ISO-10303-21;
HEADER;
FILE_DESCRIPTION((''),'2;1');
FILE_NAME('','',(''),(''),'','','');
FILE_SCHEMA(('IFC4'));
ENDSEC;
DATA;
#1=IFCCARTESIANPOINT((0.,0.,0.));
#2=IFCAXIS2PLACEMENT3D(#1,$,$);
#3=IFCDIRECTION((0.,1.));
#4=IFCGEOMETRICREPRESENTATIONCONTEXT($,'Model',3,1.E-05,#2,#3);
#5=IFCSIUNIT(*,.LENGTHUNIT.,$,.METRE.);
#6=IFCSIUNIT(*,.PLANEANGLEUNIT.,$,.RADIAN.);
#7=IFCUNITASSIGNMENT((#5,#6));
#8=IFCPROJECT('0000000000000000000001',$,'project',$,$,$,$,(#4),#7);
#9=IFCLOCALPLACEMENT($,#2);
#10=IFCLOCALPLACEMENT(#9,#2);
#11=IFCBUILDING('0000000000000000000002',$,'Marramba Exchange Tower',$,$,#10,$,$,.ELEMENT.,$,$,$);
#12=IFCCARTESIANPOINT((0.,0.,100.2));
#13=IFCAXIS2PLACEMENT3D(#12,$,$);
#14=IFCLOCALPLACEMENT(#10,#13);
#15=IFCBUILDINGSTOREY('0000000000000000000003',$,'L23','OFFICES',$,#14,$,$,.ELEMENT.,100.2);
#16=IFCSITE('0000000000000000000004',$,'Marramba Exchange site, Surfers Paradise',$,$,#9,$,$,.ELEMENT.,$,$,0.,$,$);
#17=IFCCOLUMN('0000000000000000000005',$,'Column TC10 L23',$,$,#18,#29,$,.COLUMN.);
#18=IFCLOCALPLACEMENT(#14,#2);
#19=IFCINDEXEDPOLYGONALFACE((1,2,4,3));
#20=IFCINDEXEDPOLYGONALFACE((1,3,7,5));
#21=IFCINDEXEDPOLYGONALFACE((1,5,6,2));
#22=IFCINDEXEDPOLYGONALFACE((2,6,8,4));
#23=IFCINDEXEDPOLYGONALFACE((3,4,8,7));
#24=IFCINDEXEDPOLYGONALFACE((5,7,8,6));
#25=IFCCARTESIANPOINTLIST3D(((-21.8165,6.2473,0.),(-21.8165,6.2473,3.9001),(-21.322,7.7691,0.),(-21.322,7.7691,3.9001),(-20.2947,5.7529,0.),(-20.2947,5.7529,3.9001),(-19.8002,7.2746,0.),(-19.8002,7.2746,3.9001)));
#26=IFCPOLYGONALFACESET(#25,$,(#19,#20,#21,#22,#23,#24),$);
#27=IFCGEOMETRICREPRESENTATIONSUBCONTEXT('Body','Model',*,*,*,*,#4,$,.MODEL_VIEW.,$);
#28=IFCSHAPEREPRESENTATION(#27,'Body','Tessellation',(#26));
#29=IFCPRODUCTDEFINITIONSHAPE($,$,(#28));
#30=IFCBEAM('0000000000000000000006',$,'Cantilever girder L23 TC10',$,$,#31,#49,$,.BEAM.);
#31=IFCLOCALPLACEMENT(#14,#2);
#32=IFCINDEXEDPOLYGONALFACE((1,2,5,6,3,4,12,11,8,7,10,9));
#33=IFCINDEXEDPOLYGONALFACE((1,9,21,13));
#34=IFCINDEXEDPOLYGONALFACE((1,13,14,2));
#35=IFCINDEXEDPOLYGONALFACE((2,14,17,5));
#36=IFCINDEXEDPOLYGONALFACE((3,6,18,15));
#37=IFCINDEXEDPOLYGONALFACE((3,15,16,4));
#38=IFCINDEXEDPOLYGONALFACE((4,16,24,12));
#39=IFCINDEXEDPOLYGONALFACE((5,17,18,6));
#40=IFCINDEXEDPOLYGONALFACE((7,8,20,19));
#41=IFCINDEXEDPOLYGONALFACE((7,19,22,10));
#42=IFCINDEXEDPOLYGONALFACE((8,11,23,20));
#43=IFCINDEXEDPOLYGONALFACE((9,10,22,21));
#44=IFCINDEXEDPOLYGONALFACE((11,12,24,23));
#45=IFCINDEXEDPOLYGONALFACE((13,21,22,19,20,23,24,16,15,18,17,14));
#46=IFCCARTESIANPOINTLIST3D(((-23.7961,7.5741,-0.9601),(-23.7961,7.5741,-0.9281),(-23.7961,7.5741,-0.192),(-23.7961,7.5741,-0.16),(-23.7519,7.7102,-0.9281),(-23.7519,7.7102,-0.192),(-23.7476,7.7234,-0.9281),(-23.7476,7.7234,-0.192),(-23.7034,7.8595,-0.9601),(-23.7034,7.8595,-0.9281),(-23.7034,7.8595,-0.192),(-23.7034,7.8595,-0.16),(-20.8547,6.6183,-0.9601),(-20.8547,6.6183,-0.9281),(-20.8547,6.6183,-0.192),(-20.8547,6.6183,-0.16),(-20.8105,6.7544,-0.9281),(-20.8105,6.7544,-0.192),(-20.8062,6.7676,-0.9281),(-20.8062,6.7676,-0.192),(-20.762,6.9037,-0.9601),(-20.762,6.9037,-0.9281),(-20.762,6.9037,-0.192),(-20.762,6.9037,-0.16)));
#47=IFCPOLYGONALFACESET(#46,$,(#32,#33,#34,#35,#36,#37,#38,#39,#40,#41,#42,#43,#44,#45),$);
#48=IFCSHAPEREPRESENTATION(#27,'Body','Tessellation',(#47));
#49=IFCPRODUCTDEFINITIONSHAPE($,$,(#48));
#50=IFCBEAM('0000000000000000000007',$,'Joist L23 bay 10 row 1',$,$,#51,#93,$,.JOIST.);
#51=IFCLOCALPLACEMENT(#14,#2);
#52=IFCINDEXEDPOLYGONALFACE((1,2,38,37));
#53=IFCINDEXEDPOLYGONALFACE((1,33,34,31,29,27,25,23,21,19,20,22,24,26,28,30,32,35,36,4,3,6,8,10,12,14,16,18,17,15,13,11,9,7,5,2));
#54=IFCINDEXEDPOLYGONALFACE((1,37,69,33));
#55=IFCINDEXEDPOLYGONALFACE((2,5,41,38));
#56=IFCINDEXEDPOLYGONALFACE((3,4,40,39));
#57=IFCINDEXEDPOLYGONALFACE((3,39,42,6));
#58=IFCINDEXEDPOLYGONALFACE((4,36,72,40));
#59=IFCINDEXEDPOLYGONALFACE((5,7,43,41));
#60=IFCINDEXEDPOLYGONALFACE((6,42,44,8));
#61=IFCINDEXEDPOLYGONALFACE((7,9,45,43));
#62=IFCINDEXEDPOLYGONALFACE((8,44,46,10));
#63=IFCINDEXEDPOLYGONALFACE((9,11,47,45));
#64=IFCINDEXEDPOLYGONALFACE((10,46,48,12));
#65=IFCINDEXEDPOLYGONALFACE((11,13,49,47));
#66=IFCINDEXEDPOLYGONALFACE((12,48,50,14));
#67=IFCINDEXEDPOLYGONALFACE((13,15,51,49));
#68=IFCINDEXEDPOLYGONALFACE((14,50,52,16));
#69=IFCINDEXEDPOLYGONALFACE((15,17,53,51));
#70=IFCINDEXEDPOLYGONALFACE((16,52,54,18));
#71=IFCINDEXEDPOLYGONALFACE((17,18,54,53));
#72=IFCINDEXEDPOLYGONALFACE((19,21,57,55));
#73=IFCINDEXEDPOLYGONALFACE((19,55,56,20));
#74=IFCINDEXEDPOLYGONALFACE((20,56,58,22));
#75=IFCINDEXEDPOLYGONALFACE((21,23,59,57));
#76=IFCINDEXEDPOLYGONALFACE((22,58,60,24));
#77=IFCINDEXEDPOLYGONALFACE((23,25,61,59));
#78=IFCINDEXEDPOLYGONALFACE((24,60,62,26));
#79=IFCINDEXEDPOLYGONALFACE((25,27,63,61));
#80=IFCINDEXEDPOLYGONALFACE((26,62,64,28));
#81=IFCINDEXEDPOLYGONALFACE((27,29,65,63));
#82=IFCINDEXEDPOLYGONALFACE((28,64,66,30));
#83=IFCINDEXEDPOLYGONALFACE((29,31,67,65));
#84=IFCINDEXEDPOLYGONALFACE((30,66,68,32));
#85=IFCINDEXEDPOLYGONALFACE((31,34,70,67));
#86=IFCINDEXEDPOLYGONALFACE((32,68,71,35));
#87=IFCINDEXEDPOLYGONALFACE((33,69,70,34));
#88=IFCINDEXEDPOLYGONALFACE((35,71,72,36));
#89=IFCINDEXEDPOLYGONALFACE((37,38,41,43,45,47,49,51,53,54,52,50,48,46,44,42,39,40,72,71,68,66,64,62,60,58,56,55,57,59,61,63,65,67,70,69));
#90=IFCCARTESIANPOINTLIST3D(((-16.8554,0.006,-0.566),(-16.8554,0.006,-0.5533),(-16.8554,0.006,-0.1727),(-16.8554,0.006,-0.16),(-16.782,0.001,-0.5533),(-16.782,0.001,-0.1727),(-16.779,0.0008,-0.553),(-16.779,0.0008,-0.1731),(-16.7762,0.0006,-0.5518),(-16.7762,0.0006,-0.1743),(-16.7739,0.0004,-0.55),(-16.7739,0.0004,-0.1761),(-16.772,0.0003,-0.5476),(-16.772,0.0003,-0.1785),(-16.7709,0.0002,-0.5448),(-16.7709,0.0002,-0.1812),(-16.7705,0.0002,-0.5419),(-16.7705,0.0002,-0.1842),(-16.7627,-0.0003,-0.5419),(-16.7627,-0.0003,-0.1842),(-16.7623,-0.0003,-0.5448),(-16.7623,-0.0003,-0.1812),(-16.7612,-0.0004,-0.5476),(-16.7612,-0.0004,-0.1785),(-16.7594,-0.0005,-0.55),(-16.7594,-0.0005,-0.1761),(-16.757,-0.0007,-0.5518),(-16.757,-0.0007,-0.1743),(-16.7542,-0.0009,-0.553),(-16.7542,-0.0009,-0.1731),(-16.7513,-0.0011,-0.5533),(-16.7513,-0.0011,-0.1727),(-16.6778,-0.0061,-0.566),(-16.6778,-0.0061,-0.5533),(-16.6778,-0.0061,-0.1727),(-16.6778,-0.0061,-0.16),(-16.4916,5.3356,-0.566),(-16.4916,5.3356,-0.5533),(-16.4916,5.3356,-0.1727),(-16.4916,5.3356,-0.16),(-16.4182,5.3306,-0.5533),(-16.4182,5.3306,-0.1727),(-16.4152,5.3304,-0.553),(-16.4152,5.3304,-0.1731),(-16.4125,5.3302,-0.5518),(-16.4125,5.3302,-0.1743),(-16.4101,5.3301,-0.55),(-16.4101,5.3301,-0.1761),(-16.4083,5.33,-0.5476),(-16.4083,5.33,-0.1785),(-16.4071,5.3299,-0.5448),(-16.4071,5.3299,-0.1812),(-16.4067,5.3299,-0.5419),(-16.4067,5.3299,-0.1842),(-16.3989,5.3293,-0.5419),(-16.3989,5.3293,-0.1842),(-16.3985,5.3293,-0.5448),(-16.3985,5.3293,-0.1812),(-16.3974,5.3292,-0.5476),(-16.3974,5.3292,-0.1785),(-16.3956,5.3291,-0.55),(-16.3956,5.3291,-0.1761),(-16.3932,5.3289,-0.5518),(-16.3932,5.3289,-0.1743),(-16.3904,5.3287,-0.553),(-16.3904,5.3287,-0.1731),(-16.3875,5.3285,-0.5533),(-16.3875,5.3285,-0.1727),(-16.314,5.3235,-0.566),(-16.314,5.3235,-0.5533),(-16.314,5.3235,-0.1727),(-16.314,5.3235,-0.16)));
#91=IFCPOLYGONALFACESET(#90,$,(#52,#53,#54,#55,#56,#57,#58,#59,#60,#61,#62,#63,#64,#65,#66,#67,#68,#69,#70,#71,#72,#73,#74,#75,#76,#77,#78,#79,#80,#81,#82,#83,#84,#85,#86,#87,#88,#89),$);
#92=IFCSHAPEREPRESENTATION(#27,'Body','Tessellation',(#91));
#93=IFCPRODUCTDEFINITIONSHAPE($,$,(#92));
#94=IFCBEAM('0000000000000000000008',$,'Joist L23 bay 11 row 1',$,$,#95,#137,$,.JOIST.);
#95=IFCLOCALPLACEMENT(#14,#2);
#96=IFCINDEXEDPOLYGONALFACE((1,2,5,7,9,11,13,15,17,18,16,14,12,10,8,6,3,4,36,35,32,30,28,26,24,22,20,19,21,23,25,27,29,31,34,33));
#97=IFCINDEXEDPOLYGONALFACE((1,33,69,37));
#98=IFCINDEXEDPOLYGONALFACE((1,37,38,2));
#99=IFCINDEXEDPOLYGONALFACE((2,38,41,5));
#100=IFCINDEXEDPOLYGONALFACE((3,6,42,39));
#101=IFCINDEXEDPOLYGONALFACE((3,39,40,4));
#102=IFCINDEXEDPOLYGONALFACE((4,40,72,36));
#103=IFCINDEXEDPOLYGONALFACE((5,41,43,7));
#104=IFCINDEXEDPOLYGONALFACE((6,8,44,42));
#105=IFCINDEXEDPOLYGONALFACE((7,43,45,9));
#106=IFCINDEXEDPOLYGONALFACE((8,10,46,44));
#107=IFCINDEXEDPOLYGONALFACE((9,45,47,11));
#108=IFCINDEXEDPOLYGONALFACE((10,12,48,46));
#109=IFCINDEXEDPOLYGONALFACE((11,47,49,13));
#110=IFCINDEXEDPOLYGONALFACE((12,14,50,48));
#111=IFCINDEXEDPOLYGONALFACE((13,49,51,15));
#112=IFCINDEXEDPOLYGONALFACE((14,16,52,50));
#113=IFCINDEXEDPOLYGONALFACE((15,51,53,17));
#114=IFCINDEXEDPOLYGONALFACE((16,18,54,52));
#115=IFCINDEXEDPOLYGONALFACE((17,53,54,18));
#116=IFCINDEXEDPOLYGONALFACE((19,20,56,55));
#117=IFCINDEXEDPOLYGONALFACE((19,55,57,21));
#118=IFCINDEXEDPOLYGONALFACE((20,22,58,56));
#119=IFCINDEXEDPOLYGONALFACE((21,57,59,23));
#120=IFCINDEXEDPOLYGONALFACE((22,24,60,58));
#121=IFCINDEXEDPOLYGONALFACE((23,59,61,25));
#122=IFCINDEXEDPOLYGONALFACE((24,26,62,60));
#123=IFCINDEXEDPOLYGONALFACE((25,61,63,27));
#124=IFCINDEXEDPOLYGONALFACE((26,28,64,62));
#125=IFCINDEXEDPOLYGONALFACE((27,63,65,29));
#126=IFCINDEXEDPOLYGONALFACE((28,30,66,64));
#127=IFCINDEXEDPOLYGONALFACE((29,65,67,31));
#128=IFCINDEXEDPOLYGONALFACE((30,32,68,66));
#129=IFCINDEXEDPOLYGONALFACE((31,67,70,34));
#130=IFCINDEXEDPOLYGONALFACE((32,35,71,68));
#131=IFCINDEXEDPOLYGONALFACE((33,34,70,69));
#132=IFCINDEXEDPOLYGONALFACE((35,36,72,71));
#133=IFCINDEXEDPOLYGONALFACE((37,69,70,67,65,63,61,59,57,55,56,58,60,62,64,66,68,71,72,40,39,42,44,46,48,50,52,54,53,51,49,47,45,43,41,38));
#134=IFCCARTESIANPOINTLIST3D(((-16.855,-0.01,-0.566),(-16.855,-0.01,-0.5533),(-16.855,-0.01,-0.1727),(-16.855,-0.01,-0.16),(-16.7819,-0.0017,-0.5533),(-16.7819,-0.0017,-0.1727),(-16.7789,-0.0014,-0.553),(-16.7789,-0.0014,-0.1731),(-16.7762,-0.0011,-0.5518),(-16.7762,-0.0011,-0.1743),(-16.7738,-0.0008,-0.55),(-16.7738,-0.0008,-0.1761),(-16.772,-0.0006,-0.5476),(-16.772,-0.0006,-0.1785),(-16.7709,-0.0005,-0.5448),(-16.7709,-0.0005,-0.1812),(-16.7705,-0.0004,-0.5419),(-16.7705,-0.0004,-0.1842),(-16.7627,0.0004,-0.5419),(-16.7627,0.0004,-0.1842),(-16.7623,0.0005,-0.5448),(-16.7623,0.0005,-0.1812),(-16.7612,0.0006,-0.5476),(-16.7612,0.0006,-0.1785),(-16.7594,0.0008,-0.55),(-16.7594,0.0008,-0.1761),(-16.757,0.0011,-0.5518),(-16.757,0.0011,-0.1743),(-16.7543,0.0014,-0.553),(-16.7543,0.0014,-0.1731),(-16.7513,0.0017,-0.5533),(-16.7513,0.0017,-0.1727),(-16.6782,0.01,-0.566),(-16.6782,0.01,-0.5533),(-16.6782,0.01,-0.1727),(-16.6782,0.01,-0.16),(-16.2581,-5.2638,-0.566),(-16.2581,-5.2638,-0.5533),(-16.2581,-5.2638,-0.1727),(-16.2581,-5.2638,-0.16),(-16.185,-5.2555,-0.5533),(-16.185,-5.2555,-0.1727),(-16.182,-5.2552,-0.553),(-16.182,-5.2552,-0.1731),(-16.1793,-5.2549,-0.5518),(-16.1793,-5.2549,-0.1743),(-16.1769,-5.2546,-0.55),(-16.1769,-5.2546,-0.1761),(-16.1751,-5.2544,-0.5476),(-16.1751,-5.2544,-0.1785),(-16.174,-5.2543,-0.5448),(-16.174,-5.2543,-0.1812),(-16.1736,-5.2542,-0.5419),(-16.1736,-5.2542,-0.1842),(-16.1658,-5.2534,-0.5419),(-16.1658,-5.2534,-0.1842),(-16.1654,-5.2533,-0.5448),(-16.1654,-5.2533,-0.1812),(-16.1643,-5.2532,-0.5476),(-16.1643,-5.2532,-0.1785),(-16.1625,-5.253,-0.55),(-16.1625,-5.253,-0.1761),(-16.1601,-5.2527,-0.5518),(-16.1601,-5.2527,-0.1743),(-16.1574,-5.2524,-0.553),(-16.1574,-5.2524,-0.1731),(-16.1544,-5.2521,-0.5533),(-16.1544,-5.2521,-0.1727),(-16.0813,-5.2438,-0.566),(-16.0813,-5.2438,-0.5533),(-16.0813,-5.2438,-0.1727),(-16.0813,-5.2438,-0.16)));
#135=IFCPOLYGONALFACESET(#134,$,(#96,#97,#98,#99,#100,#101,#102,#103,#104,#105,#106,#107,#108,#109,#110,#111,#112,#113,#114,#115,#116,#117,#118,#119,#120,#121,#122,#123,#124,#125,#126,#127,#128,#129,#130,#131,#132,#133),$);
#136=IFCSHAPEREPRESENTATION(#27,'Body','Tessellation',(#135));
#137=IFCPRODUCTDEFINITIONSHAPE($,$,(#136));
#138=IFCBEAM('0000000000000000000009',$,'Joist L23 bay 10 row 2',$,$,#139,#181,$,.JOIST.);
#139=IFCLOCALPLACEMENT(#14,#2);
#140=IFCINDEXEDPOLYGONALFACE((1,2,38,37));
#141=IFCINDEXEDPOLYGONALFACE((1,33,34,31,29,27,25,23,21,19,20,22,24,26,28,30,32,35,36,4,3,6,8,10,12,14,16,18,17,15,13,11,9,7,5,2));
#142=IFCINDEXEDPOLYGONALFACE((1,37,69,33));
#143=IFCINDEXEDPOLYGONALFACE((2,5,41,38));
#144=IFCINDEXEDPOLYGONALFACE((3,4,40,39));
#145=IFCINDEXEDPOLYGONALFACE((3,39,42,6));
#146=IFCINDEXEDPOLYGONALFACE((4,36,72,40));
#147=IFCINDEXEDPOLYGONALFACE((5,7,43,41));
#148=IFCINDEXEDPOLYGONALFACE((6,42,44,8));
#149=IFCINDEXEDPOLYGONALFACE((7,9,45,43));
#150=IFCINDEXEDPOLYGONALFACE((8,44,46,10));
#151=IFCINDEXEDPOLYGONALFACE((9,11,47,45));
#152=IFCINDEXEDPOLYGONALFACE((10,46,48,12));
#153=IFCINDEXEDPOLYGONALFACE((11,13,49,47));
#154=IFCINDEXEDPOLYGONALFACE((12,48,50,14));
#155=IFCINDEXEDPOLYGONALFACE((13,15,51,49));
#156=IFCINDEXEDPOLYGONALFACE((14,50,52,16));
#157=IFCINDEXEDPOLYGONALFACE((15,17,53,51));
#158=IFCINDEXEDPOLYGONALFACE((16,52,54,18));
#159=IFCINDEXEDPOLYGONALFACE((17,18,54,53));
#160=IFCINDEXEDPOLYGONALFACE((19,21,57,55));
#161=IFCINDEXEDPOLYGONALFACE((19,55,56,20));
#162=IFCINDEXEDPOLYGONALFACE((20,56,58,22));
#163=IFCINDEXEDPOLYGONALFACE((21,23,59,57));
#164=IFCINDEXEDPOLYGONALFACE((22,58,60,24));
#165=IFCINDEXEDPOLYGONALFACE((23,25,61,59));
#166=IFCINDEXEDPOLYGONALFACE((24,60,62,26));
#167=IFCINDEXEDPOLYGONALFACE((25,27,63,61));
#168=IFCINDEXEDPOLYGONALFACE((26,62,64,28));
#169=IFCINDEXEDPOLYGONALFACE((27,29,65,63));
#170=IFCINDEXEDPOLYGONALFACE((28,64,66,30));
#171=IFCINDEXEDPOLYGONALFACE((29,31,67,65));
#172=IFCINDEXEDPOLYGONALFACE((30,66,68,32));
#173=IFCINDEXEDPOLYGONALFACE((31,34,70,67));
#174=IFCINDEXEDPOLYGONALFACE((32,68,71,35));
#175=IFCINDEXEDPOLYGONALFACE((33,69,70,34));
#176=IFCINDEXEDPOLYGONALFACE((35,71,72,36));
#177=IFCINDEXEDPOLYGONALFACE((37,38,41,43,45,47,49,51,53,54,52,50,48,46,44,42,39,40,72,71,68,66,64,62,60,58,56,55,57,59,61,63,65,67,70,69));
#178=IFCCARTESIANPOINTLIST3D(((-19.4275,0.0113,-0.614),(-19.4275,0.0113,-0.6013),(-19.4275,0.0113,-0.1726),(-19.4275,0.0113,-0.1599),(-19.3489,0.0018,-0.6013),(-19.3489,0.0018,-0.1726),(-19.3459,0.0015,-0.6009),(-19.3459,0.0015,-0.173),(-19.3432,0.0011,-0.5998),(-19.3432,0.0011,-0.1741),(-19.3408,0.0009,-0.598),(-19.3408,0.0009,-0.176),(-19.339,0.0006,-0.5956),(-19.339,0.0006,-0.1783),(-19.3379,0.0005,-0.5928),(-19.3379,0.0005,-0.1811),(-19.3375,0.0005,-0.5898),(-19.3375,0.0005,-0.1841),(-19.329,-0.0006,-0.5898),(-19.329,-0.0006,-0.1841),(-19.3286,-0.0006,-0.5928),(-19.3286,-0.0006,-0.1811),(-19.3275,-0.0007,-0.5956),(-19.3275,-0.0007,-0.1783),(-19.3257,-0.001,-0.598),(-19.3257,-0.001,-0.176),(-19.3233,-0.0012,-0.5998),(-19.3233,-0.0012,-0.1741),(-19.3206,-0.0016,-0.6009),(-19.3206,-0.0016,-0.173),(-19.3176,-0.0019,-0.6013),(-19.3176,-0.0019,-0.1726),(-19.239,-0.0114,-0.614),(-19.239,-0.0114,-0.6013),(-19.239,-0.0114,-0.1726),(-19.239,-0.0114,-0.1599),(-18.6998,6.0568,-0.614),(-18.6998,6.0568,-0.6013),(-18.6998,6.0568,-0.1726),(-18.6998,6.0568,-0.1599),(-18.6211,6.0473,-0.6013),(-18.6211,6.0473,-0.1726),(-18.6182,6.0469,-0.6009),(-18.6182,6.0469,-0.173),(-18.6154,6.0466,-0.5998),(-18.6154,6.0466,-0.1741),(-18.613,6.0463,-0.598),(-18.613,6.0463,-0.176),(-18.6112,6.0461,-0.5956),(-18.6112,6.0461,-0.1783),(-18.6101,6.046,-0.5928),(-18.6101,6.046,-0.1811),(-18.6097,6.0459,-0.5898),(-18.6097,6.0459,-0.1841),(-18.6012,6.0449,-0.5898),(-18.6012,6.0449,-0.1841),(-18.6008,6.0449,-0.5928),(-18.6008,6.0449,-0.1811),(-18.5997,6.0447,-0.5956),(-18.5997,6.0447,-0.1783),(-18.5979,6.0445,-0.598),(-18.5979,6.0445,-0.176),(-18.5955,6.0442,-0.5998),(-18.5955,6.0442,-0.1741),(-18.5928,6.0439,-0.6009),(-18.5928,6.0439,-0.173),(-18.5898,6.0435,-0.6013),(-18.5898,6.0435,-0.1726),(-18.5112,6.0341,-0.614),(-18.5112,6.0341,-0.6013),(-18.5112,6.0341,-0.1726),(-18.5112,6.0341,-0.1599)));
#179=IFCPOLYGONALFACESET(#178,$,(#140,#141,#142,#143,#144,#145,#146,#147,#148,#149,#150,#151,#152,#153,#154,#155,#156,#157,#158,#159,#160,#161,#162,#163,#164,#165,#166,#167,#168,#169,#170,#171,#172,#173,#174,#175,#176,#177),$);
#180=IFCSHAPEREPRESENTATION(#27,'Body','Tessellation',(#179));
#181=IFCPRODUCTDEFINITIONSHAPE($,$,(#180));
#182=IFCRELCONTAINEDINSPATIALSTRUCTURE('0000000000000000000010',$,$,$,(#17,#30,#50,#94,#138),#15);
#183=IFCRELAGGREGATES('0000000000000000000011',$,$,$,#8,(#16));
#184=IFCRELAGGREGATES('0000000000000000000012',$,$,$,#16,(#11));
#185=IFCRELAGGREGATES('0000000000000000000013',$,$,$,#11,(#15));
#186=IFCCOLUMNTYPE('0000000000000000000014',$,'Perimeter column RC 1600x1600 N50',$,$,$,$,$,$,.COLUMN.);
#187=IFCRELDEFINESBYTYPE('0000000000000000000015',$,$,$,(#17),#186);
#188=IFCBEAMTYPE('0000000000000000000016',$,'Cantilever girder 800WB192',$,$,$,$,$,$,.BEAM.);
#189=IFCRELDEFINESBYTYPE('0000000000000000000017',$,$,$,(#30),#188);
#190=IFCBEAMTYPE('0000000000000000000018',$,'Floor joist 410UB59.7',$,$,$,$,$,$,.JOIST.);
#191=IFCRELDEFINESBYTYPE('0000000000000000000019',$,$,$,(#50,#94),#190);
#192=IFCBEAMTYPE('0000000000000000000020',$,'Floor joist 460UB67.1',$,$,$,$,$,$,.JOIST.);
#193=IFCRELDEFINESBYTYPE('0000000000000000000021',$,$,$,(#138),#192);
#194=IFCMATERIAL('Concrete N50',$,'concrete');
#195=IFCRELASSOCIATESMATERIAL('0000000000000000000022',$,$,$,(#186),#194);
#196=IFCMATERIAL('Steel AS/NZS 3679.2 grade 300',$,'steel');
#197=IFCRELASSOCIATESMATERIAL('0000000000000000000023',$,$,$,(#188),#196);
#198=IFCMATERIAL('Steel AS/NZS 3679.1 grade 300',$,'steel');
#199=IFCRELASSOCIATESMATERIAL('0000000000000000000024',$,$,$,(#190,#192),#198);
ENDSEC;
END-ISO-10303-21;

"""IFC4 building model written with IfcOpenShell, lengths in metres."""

from ifc_helpers import new_model, si_unit, direction, frame, origin, origin_2d, place, context, subcontext, project, spatial, rectangle, i_section, extrude, material, material_profile, profile_set, type_object, element, save


model = new_model("IFC4")

# Units and contexts
model_context = context("Model", 3, precision=1e-05, world=origin(), true_north=direction((0.0, 1.0)))
body_context = subcontext(model_context, "Body", "Model", "MODEL_VIEW")
ifc_project = project(units=[si_unit("LENGTHUNIT", "METRE"), si_unit("PLANEANGLEUNIT", "RADIAN")], contexts=[model_context])

# Site, building, storey
site_placement = place(None, origin())
site = spatial("IfcSite", under=ifc_project, at=site_placement, Name="Marramba Exchange site, Surfers Paradise", CompositionType="ELEMENT", RefElevation=0.0)
building_placement = place(site_placement, origin())
building = spatial("IfcBuilding", under=site, at=building_placement, Name="Marramba Exchange Tower", CompositionType="ELEMENT")
storey_placement = place(building_placement, frame((0.0, 0.0, 100.2)))
storey = spatial("IfcBuildingStorey", under=building, at=storey_placement, Name="L23", Description="OFFICES", CompositionType="ELEMENT", Elevation=100.2)

# Column
ifc_material_1 = material(Name="Concrete N50", Category="concrete")
ifc_material_profile_1 = material_profile(ifc_material_1, rectangle(XDim=1.6001, YDim=1.6001, at=origin_2d()), Name="RC 1600x1600")
ifc_profile_set_1 = profile_set([ifc_material_profile_1], Name="Concrete N50")
column_type = type_object("IfcColumnType", Name="Perimeter column RC 1600x1600 N50", PredefinedType="COLUMN", material=ifc_profile_set_1)
column_placement = place(storey_placement, frame((-20.8083, 6.761, 0.0), z_axis=(0.0, 0.0, 1.0), x_axis=(-0.951057, 0.309017, 0.0)))
element("IfcColumn", 1, at=column_placement, inside=storey, type_object=column_type, Name="Column TC10 L23", PredefinedType="COLUMN", context=body_context, shape_type="SweptSolid", body=[
    extrude(rectangle(XDim=1.6001, YDim=1.6001, at=origin_2d()), origin(), (0.0, 0.0, 1.0), 3.9001),
])

# Beams
ifc_material_2 = material(Name="Steel AS/NZS 3679.2 grade 300", Category="steel")
ifc_material_profile_2 = material_profile(ifc_material_2, i_section(OverallWidth=0.3, OverallDepth=0.8, WebThickness=0.0139, FlangeThickness=0.032, at=origin_2d()), Name="800WB192")
ifc_profile_set_2 = profile_set([ifc_material_profile_2], Name="Steel AS/NZS 3679.2 grade 300")
beam_type_1 = type_object("IfcBeamType", Name="Cantilever girder 800WB192", PredefinedType="BEAM", material=ifc_profile_set_2)
beam_1_placement = place(storey_placement, frame((-20.8083, 6.761, -0.5601), z_axis=(-0.951048, 0.309043, 0.0), x_axis=(-0.309043, -0.951048, 0.0)))
element("IfcBeam", 2, at=beam_1_placement, inside=storey, type_object=beam_type_1, Name="Cantilever girder L23 TC10", PredefinedType="BEAM", context=body_context, shape_type="SweptSolid", body=[
    extrude(i_section(OverallWidth=0.3, OverallDepth=0.8, WebThickness=0.0139, FlangeThickness=0.032, at=origin_2d()), origin(), (0.0, 0.0, 1.0), 3.0928),
])
ifc_material_3 = material(Name="Steel AS/NZS 3679.1 grade 300", Category="steel")
ifc_material_profile_3 = material_profile(ifc_material_3, i_section(OverallWidth=0.178, OverallDepth=0.406, WebThickness=0.0078, FlangeThickness=0.0127, FilletRadius=0.0115, at=origin_2d()), Name="410UB59.7")
ifc_profile_set_3 = profile_set([ifc_material_profile_3], Name="Steel AS/NZS 3679.1 grade 300")
beam_type_2 = type_object("IfcBeamType", Name="Floor joist 410UB59.7", PredefinedType="JOIST", material=ifc_profile_set_3)
beam_2_placement = place(storey_placement, frame((-16.4028, 5.3296, -0.363), z_axis=(-0.068096, -0.997679, 0.0), x_axis=(0.997679, -0.068096, 0.0)))
element("IfcBeam", 3, at=beam_2_placement, inside=storey, type_object=beam_type_2, Name="Joist L23 bay 10 row 1", PredefinedType="JOIST", context=body_context, shape_type="SweptSolid", body=[
    extrude(i_section(OverallWidth=0.178, OverallDepth=0.406, WebThickness=0.0078, FlangeThickness=0.0127, FilletRadius=0.0115, at=origin_2d()), origin(), (0.0, 0.0, 1.0), 5.342),
])
beam_3_placement = place(storey_placement, frame((-16.7666, 0.0, -0.363), z_axis=(0.112889, -0.993608, 0.0), x_axis=(0.993608, 0.112889, 0.0)))
element("IfcBeam", 4, at=beam_3_placement, inside=storey, type_object=beam_type_2, Name="Joist L23 bay 11 row 1", PredefinedType="JOIST", context=body_context, shape_type="SweptSolid", body=[
    extrude(i_section(OverallWidth=0.178, OverallDepth=0.406, WebThickness=0.0078, FlangeThickness=0.0127, FilletRadius=0.0115, at=origin_2d()), origin(), (0.0, 0.0, 1.0), 5.2876),
])
ifc_material_profile_4 = material_profile(ifc_material_3, i_section(OverallWidth=0.1899, OverallDepth=0.4541, WebThickness=0.0085, FlangeThickness=0.0127, FilletRadius=0.0115, at=origin_2d()), Name="460UB67.1")
ifc_profile_set_4 = profile_set([ifc_material_profile_4], Name="Steel AS/NZS 3679.1 grade 300")
beam_type_3 = type_object("IfcBeamType", Name="Floor joist 460UB67.1", PredefinedType="JOIST", material=ifc_profile_set_4)
beam_4_placement = place(storey_placement, frame((-18.6055, 6.0454, -0.387), z_axis=(-0.119523, -0.992831, 0.0), x_axis=(0.992831, -0.119523, 0.0)))
element("IfcBeam", 5, at=beam_4_placement, inside=storey, type_object=beam_type_3, Name="Joist L23 bay 10 row 2", PredefinedType="JOIST", context=body_context, shape_type="SweptSolid", body=[
    extrude(i_section(OverallWidth=0.1899, OverallDepth=0.4541, WebThickness=0.0085, FlangeThickness=0.0127, FilletRadius=0.0115, at=origin_2d()), origin(), (0.0, 0.0, 1.0), 6.0891),
])

save(model, "model.ifc")
